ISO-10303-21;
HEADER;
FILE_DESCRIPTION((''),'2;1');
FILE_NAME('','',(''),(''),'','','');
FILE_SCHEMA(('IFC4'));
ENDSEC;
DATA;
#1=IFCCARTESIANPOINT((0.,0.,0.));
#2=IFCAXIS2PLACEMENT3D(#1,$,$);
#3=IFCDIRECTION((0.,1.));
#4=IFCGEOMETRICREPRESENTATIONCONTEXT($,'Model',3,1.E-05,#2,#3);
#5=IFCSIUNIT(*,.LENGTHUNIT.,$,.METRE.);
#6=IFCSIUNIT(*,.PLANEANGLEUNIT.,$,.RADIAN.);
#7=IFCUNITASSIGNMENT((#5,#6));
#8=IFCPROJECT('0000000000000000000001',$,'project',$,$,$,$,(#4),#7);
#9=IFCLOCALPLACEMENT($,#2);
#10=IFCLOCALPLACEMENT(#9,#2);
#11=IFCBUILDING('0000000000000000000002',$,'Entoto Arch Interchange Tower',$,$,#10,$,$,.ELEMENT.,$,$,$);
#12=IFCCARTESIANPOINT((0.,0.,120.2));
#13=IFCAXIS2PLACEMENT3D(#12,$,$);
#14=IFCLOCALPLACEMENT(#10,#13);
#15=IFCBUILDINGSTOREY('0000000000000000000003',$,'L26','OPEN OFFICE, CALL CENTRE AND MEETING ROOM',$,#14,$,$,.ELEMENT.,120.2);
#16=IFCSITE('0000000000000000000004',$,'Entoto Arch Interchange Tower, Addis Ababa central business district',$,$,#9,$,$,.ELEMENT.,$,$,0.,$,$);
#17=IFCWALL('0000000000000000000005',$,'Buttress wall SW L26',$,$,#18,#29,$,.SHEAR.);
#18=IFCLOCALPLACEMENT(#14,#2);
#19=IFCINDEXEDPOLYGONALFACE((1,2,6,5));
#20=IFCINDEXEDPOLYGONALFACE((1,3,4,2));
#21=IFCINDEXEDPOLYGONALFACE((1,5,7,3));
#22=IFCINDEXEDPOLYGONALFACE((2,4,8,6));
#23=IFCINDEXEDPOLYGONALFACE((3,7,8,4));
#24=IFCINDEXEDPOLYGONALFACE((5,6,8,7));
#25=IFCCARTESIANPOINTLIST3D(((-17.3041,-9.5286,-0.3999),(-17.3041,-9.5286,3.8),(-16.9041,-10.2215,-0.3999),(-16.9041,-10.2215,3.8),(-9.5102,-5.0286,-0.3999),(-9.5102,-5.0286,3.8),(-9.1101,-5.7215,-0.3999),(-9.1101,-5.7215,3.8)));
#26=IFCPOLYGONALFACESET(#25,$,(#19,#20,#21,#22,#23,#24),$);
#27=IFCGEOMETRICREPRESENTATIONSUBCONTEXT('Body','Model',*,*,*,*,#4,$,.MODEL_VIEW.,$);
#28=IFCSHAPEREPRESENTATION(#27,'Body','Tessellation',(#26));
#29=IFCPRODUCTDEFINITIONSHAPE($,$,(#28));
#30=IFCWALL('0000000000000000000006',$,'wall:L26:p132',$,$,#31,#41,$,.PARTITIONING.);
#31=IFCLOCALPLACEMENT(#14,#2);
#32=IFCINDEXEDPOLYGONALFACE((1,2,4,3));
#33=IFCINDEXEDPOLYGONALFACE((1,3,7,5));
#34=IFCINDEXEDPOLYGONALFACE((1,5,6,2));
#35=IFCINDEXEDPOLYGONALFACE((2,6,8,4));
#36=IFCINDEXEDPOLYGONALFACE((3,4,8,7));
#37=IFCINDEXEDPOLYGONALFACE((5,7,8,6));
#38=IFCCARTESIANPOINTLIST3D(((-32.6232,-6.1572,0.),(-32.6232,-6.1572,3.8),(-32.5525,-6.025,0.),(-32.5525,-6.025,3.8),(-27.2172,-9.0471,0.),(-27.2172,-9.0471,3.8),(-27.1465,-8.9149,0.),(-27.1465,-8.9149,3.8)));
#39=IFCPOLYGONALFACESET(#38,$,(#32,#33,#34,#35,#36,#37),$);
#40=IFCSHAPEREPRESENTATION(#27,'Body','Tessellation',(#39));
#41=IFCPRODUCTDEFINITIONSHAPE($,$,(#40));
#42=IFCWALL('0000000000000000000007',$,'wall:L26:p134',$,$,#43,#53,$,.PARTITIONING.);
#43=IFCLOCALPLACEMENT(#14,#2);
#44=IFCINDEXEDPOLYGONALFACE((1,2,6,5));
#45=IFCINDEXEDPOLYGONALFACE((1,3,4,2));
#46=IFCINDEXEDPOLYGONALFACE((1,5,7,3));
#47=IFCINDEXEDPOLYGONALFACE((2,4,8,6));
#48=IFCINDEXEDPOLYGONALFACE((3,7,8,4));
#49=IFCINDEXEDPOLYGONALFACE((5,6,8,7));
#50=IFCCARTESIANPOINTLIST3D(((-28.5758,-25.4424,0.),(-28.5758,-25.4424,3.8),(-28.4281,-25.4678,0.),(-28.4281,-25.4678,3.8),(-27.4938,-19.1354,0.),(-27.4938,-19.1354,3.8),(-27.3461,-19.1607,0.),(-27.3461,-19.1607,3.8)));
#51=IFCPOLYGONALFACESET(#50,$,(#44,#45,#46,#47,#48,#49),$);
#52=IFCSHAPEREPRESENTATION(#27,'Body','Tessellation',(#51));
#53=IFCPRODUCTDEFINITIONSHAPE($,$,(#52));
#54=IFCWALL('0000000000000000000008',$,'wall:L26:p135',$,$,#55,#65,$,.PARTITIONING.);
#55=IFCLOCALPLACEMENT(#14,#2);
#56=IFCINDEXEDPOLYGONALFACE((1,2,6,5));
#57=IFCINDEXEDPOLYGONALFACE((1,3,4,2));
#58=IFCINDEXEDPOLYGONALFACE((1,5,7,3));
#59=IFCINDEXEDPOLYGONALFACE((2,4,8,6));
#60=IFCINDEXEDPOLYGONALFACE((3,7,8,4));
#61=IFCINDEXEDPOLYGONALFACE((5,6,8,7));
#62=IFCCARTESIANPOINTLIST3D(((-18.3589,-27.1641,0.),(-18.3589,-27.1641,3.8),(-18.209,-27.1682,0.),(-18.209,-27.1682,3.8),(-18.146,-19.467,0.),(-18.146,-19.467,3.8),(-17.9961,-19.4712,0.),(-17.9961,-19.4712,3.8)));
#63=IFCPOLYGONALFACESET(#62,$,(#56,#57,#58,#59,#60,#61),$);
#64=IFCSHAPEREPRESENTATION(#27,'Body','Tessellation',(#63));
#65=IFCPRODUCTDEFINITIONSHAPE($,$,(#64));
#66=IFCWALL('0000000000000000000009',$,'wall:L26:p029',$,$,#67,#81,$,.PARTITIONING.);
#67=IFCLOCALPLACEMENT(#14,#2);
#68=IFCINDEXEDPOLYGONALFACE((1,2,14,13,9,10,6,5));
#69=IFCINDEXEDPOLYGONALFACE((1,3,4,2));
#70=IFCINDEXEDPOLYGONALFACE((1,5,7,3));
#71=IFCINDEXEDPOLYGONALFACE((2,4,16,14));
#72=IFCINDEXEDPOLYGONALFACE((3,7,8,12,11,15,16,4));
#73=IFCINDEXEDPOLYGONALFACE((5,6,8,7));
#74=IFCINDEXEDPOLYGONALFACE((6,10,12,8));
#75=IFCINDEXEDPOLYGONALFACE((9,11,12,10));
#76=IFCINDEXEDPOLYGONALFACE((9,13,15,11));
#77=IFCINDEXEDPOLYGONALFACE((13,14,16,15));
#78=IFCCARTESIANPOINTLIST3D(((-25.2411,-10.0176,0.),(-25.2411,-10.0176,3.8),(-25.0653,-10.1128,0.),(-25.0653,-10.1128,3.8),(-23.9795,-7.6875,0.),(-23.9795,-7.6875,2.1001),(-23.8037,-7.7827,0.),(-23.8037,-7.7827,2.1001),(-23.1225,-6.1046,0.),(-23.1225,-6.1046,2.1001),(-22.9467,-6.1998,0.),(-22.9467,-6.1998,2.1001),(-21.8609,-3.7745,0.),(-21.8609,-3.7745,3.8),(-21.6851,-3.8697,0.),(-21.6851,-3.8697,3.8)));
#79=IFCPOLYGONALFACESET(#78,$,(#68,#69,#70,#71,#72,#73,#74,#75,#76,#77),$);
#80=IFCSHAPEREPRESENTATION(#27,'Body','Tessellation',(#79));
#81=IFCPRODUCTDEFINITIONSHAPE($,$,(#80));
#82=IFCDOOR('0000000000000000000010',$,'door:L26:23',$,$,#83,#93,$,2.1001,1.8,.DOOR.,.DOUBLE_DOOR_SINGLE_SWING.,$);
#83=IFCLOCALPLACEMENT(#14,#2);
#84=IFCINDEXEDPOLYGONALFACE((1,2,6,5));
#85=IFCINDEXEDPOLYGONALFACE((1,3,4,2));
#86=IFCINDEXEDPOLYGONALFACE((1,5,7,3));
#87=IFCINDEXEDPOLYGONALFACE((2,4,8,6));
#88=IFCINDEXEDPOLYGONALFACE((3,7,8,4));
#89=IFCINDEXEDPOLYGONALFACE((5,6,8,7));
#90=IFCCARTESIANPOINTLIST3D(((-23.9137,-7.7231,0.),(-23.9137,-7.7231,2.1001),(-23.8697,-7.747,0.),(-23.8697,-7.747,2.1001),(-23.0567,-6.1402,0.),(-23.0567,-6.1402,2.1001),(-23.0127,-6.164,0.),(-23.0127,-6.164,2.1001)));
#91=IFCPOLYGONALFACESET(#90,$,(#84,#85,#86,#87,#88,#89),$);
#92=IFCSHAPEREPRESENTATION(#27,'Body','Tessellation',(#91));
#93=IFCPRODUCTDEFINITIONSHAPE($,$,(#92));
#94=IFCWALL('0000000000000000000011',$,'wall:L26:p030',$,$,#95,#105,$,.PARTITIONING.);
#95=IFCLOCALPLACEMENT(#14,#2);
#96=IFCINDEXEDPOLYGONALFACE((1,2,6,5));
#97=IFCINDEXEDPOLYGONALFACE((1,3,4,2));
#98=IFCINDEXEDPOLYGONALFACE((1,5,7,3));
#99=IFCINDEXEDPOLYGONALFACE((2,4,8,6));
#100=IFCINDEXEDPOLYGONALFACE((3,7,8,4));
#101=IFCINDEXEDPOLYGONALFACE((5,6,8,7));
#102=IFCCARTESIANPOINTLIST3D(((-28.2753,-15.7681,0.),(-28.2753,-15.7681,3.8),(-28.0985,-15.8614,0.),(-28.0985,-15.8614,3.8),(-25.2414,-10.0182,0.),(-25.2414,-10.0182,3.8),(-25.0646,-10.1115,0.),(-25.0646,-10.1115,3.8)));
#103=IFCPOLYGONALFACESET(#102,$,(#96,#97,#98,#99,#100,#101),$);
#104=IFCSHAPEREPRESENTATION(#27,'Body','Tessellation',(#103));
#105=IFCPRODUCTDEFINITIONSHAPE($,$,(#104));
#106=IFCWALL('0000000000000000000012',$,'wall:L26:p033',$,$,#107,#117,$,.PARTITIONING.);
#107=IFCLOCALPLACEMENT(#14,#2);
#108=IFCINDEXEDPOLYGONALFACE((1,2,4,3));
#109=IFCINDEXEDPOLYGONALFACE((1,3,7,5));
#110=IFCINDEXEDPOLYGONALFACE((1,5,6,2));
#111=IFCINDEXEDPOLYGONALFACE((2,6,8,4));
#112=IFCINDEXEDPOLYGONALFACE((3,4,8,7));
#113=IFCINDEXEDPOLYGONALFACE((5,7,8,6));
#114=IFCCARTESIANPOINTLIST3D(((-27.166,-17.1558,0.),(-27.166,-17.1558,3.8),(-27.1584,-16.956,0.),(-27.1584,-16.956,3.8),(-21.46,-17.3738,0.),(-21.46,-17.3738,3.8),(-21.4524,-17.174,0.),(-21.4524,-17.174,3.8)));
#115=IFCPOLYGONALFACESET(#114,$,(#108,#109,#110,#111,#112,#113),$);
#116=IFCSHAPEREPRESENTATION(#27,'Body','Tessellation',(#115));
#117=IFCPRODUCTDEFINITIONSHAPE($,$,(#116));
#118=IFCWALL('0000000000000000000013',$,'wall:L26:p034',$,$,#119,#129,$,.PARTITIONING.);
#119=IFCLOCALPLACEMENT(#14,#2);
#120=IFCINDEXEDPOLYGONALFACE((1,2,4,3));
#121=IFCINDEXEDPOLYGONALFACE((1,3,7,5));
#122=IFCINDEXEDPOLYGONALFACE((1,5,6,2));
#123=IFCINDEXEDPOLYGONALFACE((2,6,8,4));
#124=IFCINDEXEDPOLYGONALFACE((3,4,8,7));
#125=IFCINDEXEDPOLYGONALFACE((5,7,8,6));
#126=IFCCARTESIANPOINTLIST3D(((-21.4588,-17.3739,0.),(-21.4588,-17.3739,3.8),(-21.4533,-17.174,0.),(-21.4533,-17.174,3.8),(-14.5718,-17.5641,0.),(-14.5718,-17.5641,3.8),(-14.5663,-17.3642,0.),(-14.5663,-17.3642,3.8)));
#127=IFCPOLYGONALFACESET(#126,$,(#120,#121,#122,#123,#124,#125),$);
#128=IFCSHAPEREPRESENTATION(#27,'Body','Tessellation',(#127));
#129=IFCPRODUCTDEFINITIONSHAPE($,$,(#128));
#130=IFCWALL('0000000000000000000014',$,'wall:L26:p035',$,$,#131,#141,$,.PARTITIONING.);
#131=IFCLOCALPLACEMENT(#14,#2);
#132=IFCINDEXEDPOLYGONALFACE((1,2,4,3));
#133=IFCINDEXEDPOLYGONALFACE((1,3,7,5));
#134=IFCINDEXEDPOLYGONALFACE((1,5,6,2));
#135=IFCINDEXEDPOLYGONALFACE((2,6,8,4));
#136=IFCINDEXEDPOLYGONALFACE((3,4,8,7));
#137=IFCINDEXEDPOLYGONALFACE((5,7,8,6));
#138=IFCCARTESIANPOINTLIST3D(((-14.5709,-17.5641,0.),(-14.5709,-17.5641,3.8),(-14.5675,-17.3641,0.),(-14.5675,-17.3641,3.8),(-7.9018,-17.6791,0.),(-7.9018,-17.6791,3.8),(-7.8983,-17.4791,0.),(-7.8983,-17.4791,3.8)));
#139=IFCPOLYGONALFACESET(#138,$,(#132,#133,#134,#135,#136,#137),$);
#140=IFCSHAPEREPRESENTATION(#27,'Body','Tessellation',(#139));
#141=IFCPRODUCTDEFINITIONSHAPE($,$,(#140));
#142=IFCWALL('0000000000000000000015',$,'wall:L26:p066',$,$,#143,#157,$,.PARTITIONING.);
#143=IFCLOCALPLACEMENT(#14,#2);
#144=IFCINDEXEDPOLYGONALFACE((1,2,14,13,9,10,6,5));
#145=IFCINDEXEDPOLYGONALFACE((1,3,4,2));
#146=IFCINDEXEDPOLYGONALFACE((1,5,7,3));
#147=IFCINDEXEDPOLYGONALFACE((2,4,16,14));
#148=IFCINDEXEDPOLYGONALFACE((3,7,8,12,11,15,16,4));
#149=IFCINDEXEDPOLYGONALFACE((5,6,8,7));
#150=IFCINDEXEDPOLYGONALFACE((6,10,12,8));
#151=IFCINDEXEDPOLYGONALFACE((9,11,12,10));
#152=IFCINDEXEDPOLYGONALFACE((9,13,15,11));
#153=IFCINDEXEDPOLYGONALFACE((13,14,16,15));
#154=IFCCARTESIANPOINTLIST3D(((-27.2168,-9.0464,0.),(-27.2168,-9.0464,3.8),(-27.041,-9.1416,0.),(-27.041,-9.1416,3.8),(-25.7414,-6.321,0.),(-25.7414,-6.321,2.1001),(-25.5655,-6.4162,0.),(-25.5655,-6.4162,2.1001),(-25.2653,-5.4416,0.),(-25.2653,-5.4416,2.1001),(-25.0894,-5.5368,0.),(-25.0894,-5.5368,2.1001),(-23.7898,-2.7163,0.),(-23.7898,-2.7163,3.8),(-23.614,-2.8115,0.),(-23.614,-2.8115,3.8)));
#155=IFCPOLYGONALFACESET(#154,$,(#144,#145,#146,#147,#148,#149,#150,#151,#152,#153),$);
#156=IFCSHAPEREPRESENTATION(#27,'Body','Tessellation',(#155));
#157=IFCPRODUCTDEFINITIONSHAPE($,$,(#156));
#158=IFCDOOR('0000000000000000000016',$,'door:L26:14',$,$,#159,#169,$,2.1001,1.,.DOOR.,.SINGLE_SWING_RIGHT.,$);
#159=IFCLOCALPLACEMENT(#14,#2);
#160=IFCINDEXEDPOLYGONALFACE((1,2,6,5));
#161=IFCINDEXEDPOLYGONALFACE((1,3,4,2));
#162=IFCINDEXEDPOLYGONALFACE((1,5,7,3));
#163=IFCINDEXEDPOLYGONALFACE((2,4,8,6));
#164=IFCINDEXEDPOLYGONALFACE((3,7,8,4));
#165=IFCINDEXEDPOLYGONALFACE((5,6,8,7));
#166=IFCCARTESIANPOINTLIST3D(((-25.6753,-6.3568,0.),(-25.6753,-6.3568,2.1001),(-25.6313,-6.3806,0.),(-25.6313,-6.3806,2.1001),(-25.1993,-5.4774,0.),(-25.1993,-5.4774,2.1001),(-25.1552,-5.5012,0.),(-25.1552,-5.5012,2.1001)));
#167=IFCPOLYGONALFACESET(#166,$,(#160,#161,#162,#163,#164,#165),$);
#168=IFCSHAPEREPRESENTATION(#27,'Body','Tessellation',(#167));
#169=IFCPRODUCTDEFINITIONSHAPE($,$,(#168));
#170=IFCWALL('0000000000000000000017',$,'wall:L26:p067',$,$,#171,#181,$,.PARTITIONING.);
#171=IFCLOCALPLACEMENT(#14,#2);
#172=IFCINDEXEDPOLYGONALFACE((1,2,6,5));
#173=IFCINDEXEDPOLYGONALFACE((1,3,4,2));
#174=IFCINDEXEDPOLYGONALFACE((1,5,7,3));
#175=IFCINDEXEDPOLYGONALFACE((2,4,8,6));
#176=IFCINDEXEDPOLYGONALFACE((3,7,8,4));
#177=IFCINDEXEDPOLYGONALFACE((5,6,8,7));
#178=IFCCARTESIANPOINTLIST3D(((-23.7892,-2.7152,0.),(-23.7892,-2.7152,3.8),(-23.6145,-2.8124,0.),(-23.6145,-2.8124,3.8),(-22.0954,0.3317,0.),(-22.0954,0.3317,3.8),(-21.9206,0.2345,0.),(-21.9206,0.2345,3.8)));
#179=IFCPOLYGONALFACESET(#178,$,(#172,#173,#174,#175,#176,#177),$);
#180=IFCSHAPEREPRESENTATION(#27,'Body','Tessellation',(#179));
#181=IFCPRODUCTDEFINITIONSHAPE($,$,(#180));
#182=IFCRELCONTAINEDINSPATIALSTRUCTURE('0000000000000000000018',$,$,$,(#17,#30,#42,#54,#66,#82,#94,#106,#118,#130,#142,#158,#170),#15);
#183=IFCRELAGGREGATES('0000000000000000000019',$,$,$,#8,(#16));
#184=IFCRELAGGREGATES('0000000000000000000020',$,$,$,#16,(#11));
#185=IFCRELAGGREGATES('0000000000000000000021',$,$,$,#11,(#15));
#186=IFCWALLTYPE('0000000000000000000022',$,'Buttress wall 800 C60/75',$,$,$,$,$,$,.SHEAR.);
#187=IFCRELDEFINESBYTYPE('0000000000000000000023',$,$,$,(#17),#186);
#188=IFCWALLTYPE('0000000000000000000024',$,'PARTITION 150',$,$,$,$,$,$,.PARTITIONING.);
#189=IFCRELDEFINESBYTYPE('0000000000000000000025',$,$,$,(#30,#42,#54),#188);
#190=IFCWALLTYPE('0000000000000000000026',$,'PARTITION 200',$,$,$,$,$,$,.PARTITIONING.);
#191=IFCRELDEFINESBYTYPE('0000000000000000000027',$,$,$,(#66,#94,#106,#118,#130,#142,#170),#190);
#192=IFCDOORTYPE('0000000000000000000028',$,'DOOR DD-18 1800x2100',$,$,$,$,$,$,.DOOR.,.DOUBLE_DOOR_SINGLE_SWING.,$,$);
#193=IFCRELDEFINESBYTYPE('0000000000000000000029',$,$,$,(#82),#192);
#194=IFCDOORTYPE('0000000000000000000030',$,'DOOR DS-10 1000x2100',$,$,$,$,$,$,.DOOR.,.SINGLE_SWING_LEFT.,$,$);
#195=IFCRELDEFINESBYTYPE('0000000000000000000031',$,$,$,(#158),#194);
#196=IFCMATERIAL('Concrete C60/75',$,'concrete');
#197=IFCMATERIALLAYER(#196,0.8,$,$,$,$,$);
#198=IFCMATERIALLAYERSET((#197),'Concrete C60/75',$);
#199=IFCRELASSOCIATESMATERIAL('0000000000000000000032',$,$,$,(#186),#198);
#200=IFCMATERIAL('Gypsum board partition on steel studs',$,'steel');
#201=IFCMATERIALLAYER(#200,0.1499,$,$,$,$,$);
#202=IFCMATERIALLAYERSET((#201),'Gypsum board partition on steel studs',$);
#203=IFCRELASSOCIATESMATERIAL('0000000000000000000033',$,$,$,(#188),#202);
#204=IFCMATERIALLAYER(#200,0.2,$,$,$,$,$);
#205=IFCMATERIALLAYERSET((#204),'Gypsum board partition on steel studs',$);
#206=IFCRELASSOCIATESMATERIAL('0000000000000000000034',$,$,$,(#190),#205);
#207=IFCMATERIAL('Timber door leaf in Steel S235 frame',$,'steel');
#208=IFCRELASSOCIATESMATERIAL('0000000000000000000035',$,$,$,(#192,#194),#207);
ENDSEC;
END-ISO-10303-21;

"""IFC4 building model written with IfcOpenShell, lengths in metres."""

from ifc_helpers import new_model, si_unit, direction, frame, frame_2d, origin, place, context, subcontext, project, spatial, rectangle, extrude, material, layer, layer_set, type_object, element, fill, save


model = new_model("IFC4")

# Units and contexts
model_context = context("Model", 3, precision=1e-05, world=origin(), true_north=direction((0.0, 1.0)))
body_context = subcontext(model_context, "Body", "Model", "MODEL_VIEW")
ifc_project = project(units=[si_unit("LENGTHUNIT", "METRE"), si_unit("PLANEANGLEUNIT", "RADIAN")], contexts=[model_context])

# Site, building, storey
site_placement = place(None, origin())
site = spatial("IfcSite", under=ifc_project, at=site_placement, Name="Entoto Arch Interchange Tower, Addis Ababa central business district", CompositionType="ELEMENT", RefElevation=0.0)
building_placement = place(site_placement, origin())
building = spatial("IfcBuilding", under=site, at=building_placement, Name="Entoto Arch Interchange Tower", CompositionType="ELEMENT")
storey_placement = place(building_placement, frame((0.0, 0.0, 120.2)))
storey = spatial("IfcBuildingStorey", under=building, at=storey_placement, Name="L26", Description="OPEN OFFICE, CALL CENTRE AND MEETING ROOM", CompositionType="ELEMENT", Elevation=120.2)

# Walls
ifc_material_1 = material(Name="Concrete C60/75", Category="concrete")
ifc_layer_1 = layer(ifc_material_1, 0.8)
ifc_layer_set_1 = layer_set([ifc_layer_1], Name="Concrete C60/75")
wall_type_1 = type_object("IfcWallType", Name="Buttress wall 800 C60/75", PredefinedType="SHEAR", material=ifc_layer_set_1)
wall_1_placement = place(storey_placement, frame((-9.3101, -5.375, -0.3999), z_axis=(0.0, 0.0, 1.0), x_axis=(-0.866018, -0.500014, 0.0)))
element("IfcWall", 1, at=wall_1_placement, inside=storey, type_object=wall_type_1, Name="Buttress wall SW L26", PredefinedType="SHEAR", context=body_context, shape_type="SweptSolid", body=[
    extrude(rectangle(XDim=8.9998, YDim=0.8, at=frame_2d((4.5, 0.0))), origin(), (0.0, 0.0, 1.0), 4.2),
])
ifc_material_2 = material(Name="Gypsum board partition on steel studs", Category="steel")
ifc_layer_2 = layer(ifc_material_2, 0.1499)
ifc_layer_set_2 = layer_set([ifc_layer_2], Name="Gypsum board partition on steel studs")
wall_type_2 = type_object("IfcWallType", Name="PARTITION 150", PredefinedType="PARTITIONING", material=ifc_layer_set_2)
wall_2_placement = place(storey_placement, frame((-27.1819, -8.981, 0.0), z_axis=(0.0, 0.0, 1.0), x_axis=(-0.881899, 0.471438, 0.0)))
element("IfcWall", 2, at=wall_2_placement, inside=storey, type_object=wall_type_2, Name="wall:L26:p132", PredefinedType="PARTITIONING", context=body_context, shape_type="SweptSolid", body=[
    extrude(rectangle(XDim=6.1299, YDim=0.1499, at=frame_2d((3.0649, 0.0))), origin(), (0.0, 0.0, 1.0), 3.8),
])
wall_3_placement = place(storey_placement, frame((-27.4199, -19.1479, 0.0), z_axis=(0.0, 0.0, 1.0), x_axis=(-0.169087, -0.985601, 0.0)))
element("IfcWall", 3, at=wall_3_placement, inside=storey, type_object=wall_type_2, Name="wall:L26:p134", PredefinedType="PARTITIONING", context=body_context, shape_type="SweptSolid", body=[
    extrude(rectangle(XDim=6.3992, YDim=0.1499, at=frame_2d((3.1997, 0.0))), origin(), (0.0, 0.0, 1.0), 3.8),
])
wall_4_placement = place(storey_placement, frame((-18.071, -19.469, 0.0), z_axis=(0.0, 0.0, 1.0), x_axis=(-0.027648, -0.999618, 0.0)))
element("IfcWall", 4, at=wall_4_placement, inside=storey, type_object=wall_type_2, Name="wall:L26:p135", PredefinedType="PARTITIONING", context=body_context, shape_type="SweptSolid", body=[
    extrude(rectangle(XDim=7.7, YDim=0.1499, at=frame_2d((3.8501, 0.0))), origin(), (0.0, 0.0, 1.0), 3.8),
])

# Wall, opening, door
ifc_layer_3 = layer(ifc_material_2, 0.2)
ifc_layer_set_3 = layer_set([ifc_layer_3], Name="Gypsum board partition on steel studs")
wall_type_3 = type_object("IfcWallType", Name="PARTITION 200", PredefinedType="PARTITIONING", material=ifc_layer_set_3)
wall_5_placement = place(storey_placement, frame((-21.7729, -3.822, 0.0), z_axis=(0.0, 0.0, 1.0), x_axis=(-0.476125, -0.879378, 0.0)))
wall_5 = element("IfcWall", 5, at=wall_5_placement, inside=storey, type_object=wall_type_3, Name="wall:L26:p029", PredefinedType="PARTITIONING", context=body_context, shape_type="SweptSolid", body=[
    extrude(rectangle(XDim=7.0994, YDim=0.2, at=frame_2d((3.5498, 0.0))), origin(), (0.0, 0.0, 1.0), 3.8),
])
opening_1_placement = place(wall_5_placement, frame((2.6499, 0.0, 0.0)))
opening_1 = element("IfcOpeningElement", 6, at=opening_1_placement, cuts=wall_5, PredefinedType="OPENING", context=body_context, shape_type="SweptSolid", body=[
    extrude(rectangle(XDim=1.8, YDim=2.1001, at=frame_2d((0.8999, 1.05))), frame((0.0, 0.1099, 0.0), z_axis=(0.0, -1.0, 0.0), x_axis=(1.0, 0.0, 0.0)), (0.0, 0.0, 1.0), 0.22),
])
ifc_material_3 = material(Name="Timber door leaf in Steel S235 frame", Category="steel")
door_type_1 = type_object("IfcDoorType", Name="DOOR DD-18 1800x2100", OperationType="DOUBLE_DOOR_SINGLE_SWING", PredefinedType="DOOR", material=ifc_material_3)
door_1_placement = place(opening_1_placement, origin())
door_1 = element("IfcDoor", 7, at=door_1_placement, inside=storey, type_object=door_type_1, Name="door:L26:23", OperationType="DOUBLE_DOOR_SINGLE_SWING", OverallHeight=2.1001, OverallWidth=1.8, PredefinedType="DOOR", context=body_context, shape_type="SweptSolid", body=[
    extrude(rectangle(XDim=1.8, YDim=2.1001, at=frame_2d((0.8999, 1.05))), frame((0.0, 0.0249, 0.0), z_axis=(0.0, -1.0, 0.0), x_axis=(1.0, 0.0, 0.0)), (0.0, 0.0, 1.0), 0.05),
])
fill(opening_1, door_1)

# Walls
wall_6_placement = place(storey_placement, frame((-25.1531, -10.0649, 0.0), z_axis=(0.0, 0.0, 1.0), x_axis=(-0.466664, -0.884435, 0.0)))
element("IfcWall", 8, at=wall_6_placement, inside=storey, type_object=wall_type_3, Name="wall:L26:p030", PredefinedType="PARTITIONING", context=body_context, shape_type="SweptSolid", body=[
    extrude(rectangle(XDim=6.5012, YDim=0.2, at=frame_2d((3.2505, 0.0))), origin(), (0.0, 0.0, 1.0), 3.8),
])
wall_7_placement = place(storey_placement, frame((-27.1621, -17.0559, 0.0), z_axis=(0.0, 0.0, 1.0), x_axis=(0.999271, -0.03818, 0.0)))
element("IfcWall", 9, at=wall_7_placement, inside=storey, type_object=wall_type_3, Name="wall:L26:p033", PredefinedType="PARTITIONING", context=body_context, shape_type="SweptSolid", body=[
    extrude(rectangle(XDim=5.7102, YDim=0.2, at=frame_2d((2.855, 0.0))), origin(), (0.0, 0.0, 1.0), 3.8),
])
wall_8_placement = place(storey_placement, frame((-21.4561, -17.2739, 0.0), z_axis=(0.0, 0.0, 1.0), x_axis=(0.999619, -0.027605, 0.0)))
element("IfcWall", 10, at=wall_8_placement, inside=storey, type_object=wall_type_3, Name="wall:L26:p034", PredefinedType="PARTITIONING", context=body_context, shape_type="SweptSolid", body=[
    extrude(rectangle(XDim=6.8896, YDim=0.2, at=frame_2d((3.4448, 0.0))), origin(), (0.0, 0.0, 1.0), 3.8),
])
wall_9_placement = place(storey_placement, frame((-14.5691, -17.4641, 0.0), z_axis=(0.0, 0.0, 1.0), x_axis=(0.999851, -0.017239, 0.0)))
element("IfcWall", 11, at=wall_9_placement, inside=storey, type_object=wall_type_3, Name="wall:L26:p035", PredefinedType="PARTITIONING", context=body_context, shape_type="SweptSolid", body=[
    extrude(rectangle(XDim=6.6702, YDim=0.2, at=frame_2d((3.335, 0.0))), origin(), (0.0, 0.0, 1.0), 3.8),
])

# Wall, opening, door
wall_10_placement = place(storey_placement, frame((-27.1289, -9.094, 0.0), z_axis=(0.0, 0.0, 1.0), x_axis=(0.476091, 0.879396, 0.0)))
wall_10 = element("IfcWall", 12, at=wall_10_placement, inside=storey, type_object=wall_type_3, Name="wall:L26:p066", PredefinedType="PARTITIONING", context=body_context, shape_type="SweptSolid", body=[
    extrude(rectangle(XDim=7.1982, YDim=0.2, at=frame_2d((3.5991, 0.0))), origin(), (0.0, 0.0, 1.0), 3.8),
])
opening_2_placement = place(wall_10_placement, frame((3.0991, 0.0, 0.0)))
opening_2 = element("IfcOpeningElement", 13, at=opening_2_placement, cuts=wall_10, PredefinedType="OPENING", context=body_context, shape_type="SweptSolid", body=[
    extrude(rectangle(XDim=1.0, YDim=2.1001, at=frame_2d((0.5, 1.05))), frame((0.0, 0.1099, 0.0), z_axis=(0.0, -1.0, 0.0), x_axis=(1.0, 0.0, 0.0)), (0.0, 0.0, 1.0), 0.22),
])
door_type_2 = type_object("IfcDoorType", Name="DOOR DS-10 1000x2100", OperationType="SINGLE_SWING_LEFT", PredefinedType="DOOR", material=ifc_material_3)
door_2_placement = place(opening_2_placement, origin())
door_2 = element("IfcDoor", 14, at=door_2_placement, inside=storey, type_object=door_type_2, Name="door:L26:14", OperationType="SINGLE_SWING_RIGHT", OverallHeight=2.1001, OverallWidth=1.0, PredefinedType="DOOR", context=body_context, shape_type="SweptSolid", body=[
    extrude(rectangle(XDim=1.0, YDim=2.1001, at=frame_2d((0.5, 1.05))), frame((0.0, 0.0249, 0.0), z_axis=(0.0, -1.0, 0.0), x_axis=(1.0, 0.0, 0.0)), (0.0, 0.0, 1.0), 0.05),
])
fill(opening_2, door_2)

# Wall
wall_11_placement = place(storey_placement, frame((-23.7019, -2.7639, 0.0), z_axis=(0.0, 0.0, 1.0), x_axis=(0.485893, 0.874018, 0.0)))
element("IfcWall", 15, at=wall_11_placement, inside=storey, type_object=wall_type_3, Name="wall:L26:p067", PredefinedType="PARTITIONING", context=body_context, shape_type="SweptSolid", body=[
    extrude(rectangle(XDim=3.4861, YDim=0.2, at=frame_2d((1.7432, 0.0))), origin(), (0.0, 0.0, 1.0), 3.8),
])

save(model, "model.ifc")
